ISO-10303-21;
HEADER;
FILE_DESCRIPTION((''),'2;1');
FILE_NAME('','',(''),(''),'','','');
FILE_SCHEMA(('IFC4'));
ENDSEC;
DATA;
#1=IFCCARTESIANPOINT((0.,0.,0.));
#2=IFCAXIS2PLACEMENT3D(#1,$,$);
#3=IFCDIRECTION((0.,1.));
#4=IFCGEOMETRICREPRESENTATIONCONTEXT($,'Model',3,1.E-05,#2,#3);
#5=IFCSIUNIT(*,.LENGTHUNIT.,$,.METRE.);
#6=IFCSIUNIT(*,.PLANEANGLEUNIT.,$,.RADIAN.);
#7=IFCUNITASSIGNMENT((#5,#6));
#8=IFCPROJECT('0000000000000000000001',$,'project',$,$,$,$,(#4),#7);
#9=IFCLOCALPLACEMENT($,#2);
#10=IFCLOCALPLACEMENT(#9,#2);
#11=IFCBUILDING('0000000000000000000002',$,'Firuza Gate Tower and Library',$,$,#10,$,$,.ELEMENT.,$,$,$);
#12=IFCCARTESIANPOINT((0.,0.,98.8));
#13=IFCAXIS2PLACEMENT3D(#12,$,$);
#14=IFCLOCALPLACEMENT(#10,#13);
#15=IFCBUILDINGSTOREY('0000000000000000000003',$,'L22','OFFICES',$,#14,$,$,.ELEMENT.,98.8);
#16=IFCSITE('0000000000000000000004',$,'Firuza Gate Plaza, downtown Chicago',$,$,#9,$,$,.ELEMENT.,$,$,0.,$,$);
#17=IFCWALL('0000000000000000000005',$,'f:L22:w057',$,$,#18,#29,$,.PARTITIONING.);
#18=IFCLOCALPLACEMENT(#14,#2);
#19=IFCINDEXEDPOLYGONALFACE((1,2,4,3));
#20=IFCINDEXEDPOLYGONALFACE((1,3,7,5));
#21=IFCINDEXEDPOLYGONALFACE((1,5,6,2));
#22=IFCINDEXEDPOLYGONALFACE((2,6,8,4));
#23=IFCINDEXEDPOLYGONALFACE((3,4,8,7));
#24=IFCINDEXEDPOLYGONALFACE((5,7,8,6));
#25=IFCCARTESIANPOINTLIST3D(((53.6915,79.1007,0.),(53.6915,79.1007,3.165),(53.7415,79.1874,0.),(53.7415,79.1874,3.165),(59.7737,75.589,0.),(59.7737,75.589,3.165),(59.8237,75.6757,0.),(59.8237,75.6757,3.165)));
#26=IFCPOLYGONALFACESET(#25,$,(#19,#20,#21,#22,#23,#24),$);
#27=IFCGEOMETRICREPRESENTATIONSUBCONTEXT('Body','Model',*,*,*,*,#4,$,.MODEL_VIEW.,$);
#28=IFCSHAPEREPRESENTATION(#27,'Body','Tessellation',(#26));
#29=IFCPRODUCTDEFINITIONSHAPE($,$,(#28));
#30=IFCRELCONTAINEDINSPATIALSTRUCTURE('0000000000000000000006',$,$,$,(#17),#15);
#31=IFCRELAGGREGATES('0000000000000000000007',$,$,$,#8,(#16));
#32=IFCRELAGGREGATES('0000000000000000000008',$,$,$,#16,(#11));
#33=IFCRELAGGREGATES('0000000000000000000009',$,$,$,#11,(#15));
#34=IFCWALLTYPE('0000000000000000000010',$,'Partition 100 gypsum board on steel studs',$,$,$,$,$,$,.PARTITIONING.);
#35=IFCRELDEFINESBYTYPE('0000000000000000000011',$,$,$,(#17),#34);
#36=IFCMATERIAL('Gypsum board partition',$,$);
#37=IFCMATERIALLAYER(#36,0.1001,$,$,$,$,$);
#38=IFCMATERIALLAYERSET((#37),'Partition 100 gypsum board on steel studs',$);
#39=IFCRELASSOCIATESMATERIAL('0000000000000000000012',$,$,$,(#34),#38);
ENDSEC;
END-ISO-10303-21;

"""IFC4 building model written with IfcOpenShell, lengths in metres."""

from ifc_helpers import new_model, si_unit, direction, frame, frame_2d, origin, place, context, subcontext, project, spatial, rectangle, extrude, material, layer, layer_set, type_object, element, save


model = new_model("IFC4")

# Units and contexts
model_context = context("Model", 3, precision=1e-05, world=origin(), true_north=direction((0.0, 1.0)))
body_context = subcontext(model_context, "Body", "Model", "MODEL_VIEW")
ifc_project = project(units=[si_unit("LENGTHUNIT", "METRE"), si_unit("PLANEANGLEUNIT", "RADIAN")], contexts=[model_context])

# Site, building, storey
site_placement = place(None, origin())
site = spatial("IfcSite", under=ifc_project, at=site_placement, Name="Firuza Gate Plaza, downtown Chicago", CompositionType="ELEMENT", RefElevation=0.0)
building_placement = place(site_placement, origin())
building = spatial("IfcBuilding", under=site, at=building_placement, Name="Firuza Gate Tower and Library", CompositionType="ELEMENT")
storey_placement = place(building_placement, frame((0.0, 0.0, 98.8)))
storey = spatial("IfcBuildingStorey", under=building, at=storey_placement, Name="L22", Description="OFFICES", CompositionType="ELEMENT", Elevation=98.8)

# Wall
ifc_material_1 = material(Name="Gypsum board partition")
ifc_layer_1 = layer(ifc_material_1, 0.1001)
ifc_layer_set_1 = layer_set([ifc_layer_1], Name="Partition 100 gypsum board on steel studs")
wall_type_1 = type_object("IfcWallType", Name="Partition 100 gypsum board on steel studs", PredefinedType="PARTITIONING", material=ifc_layer_set_1)
wall_1_placement = place(storey_placement, frame((59.7988, 75.6323, 0.0), z_axis=(0.0, 0.0, 1.0), x_axis=(-0.866018, 0.500012, 0.0)))
element("IfcWall", 1, at=wall_1_placement, inside=storey, type_object=wall_type_1, Name="f:L22:w057", PredefinedType="PARTITIONING", context=body_context, shape_type="SweptSolid", body=[
    extrude(rectangle(XDim=7.0232, YDim=0.1001, at=frame_2d((3.5117, 0.0))), origin(), (0.0, 0.0, 1.0), 3.165),
])

save(model, "model.ifc")
